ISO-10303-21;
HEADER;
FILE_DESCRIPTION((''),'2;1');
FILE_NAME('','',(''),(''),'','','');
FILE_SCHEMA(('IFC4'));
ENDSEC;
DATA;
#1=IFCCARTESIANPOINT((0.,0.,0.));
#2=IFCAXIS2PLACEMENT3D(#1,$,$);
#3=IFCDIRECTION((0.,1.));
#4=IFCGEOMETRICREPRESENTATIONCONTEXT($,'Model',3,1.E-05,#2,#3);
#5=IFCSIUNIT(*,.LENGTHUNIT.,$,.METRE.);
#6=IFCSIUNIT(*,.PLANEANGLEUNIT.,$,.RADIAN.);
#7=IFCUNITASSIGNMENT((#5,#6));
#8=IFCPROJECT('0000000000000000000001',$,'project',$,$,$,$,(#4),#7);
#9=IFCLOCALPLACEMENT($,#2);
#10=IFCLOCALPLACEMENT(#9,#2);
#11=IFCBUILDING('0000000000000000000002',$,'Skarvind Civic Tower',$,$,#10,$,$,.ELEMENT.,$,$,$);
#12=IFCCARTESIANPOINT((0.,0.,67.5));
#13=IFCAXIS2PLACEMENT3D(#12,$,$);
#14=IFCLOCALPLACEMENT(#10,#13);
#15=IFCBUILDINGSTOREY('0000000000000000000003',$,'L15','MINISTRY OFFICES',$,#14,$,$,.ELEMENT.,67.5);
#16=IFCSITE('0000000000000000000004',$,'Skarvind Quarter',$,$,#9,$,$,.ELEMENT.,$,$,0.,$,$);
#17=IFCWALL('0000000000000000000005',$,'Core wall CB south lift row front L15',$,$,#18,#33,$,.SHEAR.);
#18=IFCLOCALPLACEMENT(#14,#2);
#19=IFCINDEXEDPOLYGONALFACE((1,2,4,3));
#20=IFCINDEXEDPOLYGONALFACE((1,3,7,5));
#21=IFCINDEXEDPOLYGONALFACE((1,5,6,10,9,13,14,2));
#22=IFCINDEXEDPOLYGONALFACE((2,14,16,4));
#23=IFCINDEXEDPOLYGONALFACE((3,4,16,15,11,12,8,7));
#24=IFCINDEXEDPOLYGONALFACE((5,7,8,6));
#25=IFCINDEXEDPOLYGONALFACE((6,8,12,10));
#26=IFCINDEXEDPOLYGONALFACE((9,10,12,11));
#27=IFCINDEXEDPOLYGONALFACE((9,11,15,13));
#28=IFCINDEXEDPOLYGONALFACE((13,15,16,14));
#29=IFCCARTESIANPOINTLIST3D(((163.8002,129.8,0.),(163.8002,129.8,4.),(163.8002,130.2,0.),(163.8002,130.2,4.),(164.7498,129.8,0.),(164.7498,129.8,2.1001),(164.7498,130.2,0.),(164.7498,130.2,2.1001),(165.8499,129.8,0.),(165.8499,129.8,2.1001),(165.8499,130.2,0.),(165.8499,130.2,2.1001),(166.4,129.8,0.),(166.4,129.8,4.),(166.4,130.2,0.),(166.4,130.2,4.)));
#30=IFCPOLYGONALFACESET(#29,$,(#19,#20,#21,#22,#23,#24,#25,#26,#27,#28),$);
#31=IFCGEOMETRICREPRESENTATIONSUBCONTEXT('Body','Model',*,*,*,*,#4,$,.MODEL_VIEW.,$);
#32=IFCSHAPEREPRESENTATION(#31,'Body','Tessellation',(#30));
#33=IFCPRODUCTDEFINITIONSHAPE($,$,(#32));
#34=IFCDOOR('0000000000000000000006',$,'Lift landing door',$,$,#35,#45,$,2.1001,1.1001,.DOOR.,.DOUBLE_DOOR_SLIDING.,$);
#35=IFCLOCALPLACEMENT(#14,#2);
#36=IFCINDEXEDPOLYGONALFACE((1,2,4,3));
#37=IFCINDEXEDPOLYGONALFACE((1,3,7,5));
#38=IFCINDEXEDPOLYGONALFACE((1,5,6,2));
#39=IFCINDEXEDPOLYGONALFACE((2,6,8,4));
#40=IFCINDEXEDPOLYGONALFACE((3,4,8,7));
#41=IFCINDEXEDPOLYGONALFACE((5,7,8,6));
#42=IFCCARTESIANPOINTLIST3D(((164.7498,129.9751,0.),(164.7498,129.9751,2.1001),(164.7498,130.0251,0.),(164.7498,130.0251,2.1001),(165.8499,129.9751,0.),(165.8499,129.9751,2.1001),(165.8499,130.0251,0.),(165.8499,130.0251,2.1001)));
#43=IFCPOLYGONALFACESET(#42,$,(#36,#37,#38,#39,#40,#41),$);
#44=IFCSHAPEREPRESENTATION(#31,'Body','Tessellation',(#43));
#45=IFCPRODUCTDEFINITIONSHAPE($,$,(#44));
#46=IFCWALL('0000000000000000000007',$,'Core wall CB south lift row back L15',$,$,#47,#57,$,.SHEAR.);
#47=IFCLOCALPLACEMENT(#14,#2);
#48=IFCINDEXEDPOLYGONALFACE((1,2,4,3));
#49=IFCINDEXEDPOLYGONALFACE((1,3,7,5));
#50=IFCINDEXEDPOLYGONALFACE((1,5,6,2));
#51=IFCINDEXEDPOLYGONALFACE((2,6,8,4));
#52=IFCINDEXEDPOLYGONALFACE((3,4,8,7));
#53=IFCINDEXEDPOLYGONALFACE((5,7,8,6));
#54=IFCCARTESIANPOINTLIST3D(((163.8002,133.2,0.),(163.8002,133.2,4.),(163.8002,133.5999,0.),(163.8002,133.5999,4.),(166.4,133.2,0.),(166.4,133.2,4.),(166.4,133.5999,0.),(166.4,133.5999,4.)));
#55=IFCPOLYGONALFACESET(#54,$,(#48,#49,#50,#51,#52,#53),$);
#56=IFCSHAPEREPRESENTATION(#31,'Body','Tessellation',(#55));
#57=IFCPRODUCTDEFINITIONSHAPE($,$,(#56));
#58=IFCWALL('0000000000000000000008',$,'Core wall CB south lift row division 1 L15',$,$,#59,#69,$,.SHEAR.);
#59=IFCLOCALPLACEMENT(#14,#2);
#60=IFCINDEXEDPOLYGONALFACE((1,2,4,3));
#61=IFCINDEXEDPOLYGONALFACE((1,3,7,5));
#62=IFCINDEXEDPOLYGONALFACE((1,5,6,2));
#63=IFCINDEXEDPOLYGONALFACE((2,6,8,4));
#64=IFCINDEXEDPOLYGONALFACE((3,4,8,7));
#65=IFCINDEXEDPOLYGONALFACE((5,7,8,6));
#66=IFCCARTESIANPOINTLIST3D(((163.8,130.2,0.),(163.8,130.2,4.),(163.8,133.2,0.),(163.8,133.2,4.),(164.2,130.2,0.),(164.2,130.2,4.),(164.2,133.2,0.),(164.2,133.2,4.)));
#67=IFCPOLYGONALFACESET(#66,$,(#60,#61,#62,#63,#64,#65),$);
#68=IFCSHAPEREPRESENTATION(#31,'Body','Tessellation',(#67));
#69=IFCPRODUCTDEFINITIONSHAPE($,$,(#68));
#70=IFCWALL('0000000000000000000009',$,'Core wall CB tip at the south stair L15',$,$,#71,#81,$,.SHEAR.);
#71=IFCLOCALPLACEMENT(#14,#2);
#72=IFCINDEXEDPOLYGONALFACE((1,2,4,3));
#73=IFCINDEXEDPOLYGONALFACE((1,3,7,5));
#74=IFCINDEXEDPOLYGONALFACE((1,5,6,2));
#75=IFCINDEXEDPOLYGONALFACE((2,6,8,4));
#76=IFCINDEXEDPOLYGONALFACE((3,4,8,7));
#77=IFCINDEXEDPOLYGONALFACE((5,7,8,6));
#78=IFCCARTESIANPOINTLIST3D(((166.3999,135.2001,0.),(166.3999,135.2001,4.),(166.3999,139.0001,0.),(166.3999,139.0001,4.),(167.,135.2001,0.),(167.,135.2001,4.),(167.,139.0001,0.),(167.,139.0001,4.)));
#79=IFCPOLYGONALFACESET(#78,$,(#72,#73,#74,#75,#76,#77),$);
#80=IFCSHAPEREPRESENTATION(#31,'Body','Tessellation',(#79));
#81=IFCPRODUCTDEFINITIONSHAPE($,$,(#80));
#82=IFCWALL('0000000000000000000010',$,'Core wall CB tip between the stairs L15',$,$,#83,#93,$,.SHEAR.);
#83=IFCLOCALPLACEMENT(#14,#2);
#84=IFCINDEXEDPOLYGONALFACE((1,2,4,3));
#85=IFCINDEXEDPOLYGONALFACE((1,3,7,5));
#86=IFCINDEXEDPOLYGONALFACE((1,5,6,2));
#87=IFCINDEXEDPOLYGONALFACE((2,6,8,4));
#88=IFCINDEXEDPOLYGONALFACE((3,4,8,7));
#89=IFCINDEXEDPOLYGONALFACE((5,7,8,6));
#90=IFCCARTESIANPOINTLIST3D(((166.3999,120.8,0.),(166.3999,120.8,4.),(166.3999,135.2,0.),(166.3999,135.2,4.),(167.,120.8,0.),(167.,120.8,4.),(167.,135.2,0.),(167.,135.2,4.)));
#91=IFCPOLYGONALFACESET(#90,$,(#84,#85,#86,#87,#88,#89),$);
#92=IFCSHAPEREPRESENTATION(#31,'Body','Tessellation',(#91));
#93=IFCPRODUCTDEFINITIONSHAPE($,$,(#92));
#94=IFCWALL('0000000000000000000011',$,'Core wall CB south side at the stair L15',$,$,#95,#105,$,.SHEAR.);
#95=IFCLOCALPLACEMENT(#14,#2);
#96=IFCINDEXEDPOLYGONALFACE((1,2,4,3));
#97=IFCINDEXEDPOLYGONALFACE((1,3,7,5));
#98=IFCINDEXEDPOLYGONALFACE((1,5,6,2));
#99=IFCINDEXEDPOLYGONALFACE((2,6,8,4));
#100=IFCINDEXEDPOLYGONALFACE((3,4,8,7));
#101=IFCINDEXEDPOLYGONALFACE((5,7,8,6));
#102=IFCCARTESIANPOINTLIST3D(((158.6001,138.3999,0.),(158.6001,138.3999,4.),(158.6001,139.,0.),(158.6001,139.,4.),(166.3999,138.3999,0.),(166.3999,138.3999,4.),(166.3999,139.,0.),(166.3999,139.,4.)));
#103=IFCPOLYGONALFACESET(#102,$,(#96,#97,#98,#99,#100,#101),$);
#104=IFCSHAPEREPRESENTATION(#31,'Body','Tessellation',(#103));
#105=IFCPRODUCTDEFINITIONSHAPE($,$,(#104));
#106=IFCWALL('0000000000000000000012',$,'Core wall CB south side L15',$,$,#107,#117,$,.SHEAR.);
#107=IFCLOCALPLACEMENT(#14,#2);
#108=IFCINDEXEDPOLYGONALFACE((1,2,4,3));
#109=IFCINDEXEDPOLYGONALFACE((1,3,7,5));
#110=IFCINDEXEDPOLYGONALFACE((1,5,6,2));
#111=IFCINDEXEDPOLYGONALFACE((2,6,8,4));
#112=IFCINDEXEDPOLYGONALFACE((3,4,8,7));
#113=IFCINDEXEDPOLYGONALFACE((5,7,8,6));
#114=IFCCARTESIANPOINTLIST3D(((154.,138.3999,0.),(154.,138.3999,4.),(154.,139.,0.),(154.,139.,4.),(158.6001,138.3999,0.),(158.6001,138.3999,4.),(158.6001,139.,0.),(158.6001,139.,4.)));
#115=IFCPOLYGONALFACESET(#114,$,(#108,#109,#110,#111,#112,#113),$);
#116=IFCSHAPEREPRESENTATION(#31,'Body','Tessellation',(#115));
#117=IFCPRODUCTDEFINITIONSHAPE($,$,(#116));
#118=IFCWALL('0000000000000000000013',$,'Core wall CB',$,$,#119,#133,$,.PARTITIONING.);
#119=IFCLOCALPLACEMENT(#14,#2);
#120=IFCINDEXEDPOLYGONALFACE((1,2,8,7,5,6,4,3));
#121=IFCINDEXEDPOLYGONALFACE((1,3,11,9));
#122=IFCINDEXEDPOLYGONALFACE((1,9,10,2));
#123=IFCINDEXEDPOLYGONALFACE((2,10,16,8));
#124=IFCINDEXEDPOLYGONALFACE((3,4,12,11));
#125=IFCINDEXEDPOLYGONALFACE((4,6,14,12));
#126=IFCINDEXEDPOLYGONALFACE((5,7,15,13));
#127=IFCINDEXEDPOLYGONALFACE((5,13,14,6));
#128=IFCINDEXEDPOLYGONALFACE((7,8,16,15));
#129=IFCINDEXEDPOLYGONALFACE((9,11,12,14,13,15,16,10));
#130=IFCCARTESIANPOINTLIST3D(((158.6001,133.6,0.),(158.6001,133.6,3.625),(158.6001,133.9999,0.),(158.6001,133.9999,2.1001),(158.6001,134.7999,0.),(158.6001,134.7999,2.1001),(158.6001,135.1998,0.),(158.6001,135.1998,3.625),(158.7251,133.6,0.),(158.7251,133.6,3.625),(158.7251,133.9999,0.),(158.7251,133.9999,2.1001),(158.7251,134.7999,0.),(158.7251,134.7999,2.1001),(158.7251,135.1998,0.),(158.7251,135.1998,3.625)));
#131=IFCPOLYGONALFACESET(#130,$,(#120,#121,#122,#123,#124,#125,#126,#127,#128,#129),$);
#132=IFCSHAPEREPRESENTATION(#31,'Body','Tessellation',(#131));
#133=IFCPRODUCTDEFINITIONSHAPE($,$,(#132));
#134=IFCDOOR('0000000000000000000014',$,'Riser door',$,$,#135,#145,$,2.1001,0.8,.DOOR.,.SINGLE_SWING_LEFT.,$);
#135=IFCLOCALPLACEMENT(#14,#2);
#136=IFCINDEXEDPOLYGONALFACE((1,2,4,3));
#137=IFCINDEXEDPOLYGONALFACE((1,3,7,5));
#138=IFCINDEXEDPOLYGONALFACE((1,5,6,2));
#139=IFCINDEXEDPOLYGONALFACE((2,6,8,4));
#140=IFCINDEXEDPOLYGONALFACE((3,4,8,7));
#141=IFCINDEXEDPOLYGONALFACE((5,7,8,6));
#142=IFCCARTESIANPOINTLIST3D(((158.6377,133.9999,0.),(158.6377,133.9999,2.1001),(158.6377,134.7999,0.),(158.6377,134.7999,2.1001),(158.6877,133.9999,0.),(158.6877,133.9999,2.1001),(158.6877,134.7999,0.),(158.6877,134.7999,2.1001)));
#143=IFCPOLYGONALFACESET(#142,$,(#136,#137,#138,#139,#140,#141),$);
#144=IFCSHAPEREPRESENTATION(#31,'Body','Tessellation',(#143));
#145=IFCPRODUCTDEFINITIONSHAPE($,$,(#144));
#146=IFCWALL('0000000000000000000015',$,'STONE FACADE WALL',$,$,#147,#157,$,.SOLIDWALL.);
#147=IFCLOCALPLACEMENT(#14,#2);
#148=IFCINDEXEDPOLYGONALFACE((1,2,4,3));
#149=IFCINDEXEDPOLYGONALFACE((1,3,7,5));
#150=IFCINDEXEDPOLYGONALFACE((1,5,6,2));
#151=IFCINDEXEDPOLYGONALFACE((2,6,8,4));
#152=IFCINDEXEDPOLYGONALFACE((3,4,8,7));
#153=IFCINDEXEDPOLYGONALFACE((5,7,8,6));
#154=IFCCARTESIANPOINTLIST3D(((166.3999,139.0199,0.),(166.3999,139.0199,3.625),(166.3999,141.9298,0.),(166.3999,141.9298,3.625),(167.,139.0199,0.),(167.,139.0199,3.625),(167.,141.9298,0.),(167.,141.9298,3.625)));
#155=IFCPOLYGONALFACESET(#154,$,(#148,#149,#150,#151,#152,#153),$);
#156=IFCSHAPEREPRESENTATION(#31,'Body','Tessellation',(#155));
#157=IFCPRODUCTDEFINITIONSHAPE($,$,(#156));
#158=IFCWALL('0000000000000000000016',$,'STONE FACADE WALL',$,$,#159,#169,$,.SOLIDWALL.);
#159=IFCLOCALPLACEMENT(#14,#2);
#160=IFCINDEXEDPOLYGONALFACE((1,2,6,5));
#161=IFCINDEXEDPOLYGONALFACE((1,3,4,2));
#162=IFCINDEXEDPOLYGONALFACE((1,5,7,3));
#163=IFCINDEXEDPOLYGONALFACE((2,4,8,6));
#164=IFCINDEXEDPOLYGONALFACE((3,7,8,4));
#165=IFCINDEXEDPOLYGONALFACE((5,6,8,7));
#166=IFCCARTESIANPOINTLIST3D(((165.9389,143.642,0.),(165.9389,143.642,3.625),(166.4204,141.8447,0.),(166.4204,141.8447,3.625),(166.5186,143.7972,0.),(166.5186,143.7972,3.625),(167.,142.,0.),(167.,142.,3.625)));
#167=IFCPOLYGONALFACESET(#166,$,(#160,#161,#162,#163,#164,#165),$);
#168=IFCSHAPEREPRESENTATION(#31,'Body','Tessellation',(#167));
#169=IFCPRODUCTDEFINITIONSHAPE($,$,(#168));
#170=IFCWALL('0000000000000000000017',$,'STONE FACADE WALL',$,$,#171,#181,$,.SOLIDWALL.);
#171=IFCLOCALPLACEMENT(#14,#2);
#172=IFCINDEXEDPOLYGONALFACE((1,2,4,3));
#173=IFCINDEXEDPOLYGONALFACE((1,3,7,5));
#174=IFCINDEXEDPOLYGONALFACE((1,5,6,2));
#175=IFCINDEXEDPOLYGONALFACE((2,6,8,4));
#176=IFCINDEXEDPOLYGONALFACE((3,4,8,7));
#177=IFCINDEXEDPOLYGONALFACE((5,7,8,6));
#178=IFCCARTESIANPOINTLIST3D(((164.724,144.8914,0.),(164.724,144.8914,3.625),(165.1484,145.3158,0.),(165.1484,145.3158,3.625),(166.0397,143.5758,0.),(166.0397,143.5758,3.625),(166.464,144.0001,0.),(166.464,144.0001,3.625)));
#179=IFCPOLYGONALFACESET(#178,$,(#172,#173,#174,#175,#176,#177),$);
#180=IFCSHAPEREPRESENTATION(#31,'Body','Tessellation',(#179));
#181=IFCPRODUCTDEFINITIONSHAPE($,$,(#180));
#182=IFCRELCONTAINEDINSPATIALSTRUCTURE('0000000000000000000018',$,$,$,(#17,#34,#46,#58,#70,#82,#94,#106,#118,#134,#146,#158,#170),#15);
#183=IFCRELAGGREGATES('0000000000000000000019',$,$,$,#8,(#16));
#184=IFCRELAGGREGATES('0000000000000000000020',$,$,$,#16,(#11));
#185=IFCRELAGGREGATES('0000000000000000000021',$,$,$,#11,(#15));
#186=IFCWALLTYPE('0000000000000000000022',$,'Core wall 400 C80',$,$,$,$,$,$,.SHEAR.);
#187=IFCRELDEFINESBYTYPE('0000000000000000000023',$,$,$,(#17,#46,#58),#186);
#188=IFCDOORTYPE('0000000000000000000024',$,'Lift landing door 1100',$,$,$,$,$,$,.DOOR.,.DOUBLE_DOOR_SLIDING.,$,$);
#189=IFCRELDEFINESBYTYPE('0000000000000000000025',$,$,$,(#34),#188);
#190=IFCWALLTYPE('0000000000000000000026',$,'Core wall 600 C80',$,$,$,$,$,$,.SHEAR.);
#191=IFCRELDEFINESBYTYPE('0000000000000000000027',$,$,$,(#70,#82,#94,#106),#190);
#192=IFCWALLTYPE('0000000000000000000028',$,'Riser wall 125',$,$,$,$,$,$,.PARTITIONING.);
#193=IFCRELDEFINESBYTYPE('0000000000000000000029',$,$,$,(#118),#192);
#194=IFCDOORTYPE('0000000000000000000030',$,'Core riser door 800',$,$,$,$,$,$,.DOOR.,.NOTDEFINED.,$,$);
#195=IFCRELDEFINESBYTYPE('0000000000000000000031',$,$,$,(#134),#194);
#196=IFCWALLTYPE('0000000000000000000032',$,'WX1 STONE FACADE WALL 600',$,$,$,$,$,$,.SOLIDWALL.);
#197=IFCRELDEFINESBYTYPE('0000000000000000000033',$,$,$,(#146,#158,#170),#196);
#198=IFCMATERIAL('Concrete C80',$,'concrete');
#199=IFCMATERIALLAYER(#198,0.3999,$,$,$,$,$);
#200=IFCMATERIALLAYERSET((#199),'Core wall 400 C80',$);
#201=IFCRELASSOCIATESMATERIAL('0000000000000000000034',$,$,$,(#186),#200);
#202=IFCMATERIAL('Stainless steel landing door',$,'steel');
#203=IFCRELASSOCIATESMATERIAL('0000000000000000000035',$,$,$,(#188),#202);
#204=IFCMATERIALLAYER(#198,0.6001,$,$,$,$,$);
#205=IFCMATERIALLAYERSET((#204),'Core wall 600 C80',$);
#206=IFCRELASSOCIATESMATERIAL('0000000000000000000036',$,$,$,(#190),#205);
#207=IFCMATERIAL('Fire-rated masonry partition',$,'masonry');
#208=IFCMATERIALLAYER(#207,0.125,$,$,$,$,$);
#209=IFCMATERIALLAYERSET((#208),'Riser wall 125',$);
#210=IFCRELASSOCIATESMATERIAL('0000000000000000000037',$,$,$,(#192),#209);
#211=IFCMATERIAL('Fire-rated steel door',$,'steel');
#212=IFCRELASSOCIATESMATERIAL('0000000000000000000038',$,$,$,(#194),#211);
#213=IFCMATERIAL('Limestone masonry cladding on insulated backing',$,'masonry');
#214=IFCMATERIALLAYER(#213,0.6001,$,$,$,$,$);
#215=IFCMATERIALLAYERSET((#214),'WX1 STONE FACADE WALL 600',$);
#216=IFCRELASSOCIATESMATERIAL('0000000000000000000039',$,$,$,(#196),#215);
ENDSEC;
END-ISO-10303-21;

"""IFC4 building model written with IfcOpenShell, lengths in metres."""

from ifc_helpers import new_model, si_unit, direction, frame, frame_2d, origin, place, context, subcontext, project, spatial, rectangle, extrude, material, layer, layer_set, type_object, element, fill, save


model = new_model("IFC4")

# Units and contexts
model_context = context("Model", 3, precision=1e-05, world=origin(), true_north=direction((0.0, 1.0)))
body_context = subcontext(model_context, "Body", "Model", "MODEL_VIEW")
ifc_project = project(units=[si_unit("LENGTHUNIT", "METRE"), si_unit("PLANEANGLEUNIT", "RADIAN")], contexts=[model_context])

# Site, building, storey
site_placement = place(None, origin())
site = spatial("IfcSite", under=ifc_project, at=site_placement, Name="Skarvind Quarter", CompositionType="ELEMENT", RefElevation=0.0)
building_placement = place(site_placement, origin())
building = spatial("IfcBuilding", under=site, at=building_placement, Name="Skarvind Civic Tower", CompositionType="ELEMENT")
storey_placement = place(building_placement, frame((0.0, 0.0, 67.5)))
storey = spatial("IfcBuildingStorey", under=building, at=storey_placement, Name="L15", Description="MINISTRY OFFICES", CompositionType="ELEMENT", Elevation=67.5)

# Shared definitions
ifc_material_1 = material(Name="Fire-rated masonry partition", Category="masonry")
ifc_material_2 = material(Name="Fire-rated steel door", Category="steel")

# Shared definitions
ifc_material_3 = material(Name="Concrete C80", Category="concrete")
ifc_layer_1 = layer(ifc_material_3, 0.3999)
ifc_layer_set_1 = layer_set([ifc_layer_1], Name="Core wall 400 C80")
wall_type_1 = type_object("IfcWallType", Name="Core wall 400 C80", PredefinedType="SHEAR", material=ifc_layer_set_1)

# Wall, opening, door
wall_1_placement = place(storey_placement, frame((166.3999, 130.0, 0.0), z_axis=(0.0, 0.0, 1.0), x_axis=(-1.0, 0.0, 0.0)))
wall_1 = element("IfcWall", 1, at=wall_1_placement, inside=storey, type_object=wall_type_1, Name="Core wall CB south lift row front L15", PredefinedType="SHEAR", context=body_context, shape_type="SweptSolid", body=[
    extrude(rectangle(XDim=2.5999, YDim=0.3999, at=frame_2d((1.2998, 0.0))), origin(), (0.0, 0.0, 1.0), 4.0),
])
opening_1_placement = place(wall_1_placement, frame((0.55, 0.0, 0.0)))
opening_1 = element("IfcOpeningElement", 2, at=opening_1_placement, cuts=wall_1, PredefinedType="OPENING", context=body_context, shape_type="SweptSolid", body=[
    extrude(rectangle(XDim=1.1001, YDim=2.1001, at=frame_2d((0.55, 1.05))), frame((0.0, 0.21, 0.0), z_axis=(0.0, -1.0, 0.0), x_axis=(1.0, 0.0, 0.0)), (0.0, 0.0, 1.0), 0.4199),
])
ifc_material_4 = material(Name="Stainless steel landing door", Category="steel")
door_type_1 = type_object("IfcDoorType", Name="Lift landing door 1100", OperationType="DOUBLE_DOOR_SLIDING", PredefinedType="DOOR", material=ifc_material_4)
door_1_placement = place(opening_1_placement, origin())
door_1 = element("IfcDoor", 3, at=door_1_placement, inside=storey, type_object=door_type_1, Name="Lift landing door", OperationType="DOUBLE_DOOR_SLIDING", OverallHeight=2.1001, OverallWidth=1.1001, PredefinedType="DOOR", context=body_context, shape_type="SweptSolid", body=[
    extrude(rectangle(XDim=1.1001, YDim=2.1001, at=frame_2d((0.55, 1.05))), frame((0.0, 0.0249, 0.0), z_axis=(0.0, -1.0, 0.0), x_axis=(1.0, 0.0, 0.0)), (0.0, 0.0, 1.0), 0.05),
])
fill(opening_1, door_1)

# Walls
wall_2_placement = place(storey_placement, frame((166.3999, 133.3999, 0.0), z_axis=(0.0, 0.0, 1.0), x_axis=(-1.0, 0.0, 0.0)))
element("IfcWall", 4, at=wall_2_placement, inside=storey, type_object=wall_type_1, Name="Core wall CB south lift row back L15", PredefinedType="SHEAR", context=body_context, shape_type="SweptSolid", body=[
    extrude(rectangle(XDim=2.5999, YDim=0.3999, at=frame_2d((1.2998, 0.0))), origin(), (0.0, 0.0, 1.0), 4.0),
])
wall_3_placement = place(storey_placement, frame((164.0, 133.2, 0.0), z_axis=(0.0, 0.0, 1.0), x_axis=(0.0, -1.0, 0.0)))
element("IfcWall", 5, at=wall_3_placement, inside=storey, type_object=wall_type_1, Name="Core wall CB south lift row division 1 L15", PredefinedType="SHEAR", context=body_context, shape_type="SweptSolid", body=[
    extrude(rectangle(XDim=3.0, YDim=0.3999, at=frame_2d((1.5, 0.0))), origin(), (0.0, 0.0, 1.0), 4.0),
])
ifc_layer_2 = layer(ifc_material_3, 0.6001)
ifc_layer_set_2 = layer_set([ifc_layer_2], Name="Core wall 600 C80")
wall_type_2 = type_object("IfcWallType", Name="Core wall 600 C80", PredefinedType="SHEAR", material=ifc_layer_set_2)
wall_4_placement = place(storey_placement, frame((166.7, 139.0, 0.0), z_axis=(0.0, 0.0, 1.0), x_axis=(0.0, -1.0, 0.0)))
element("IfcWall", 6, at=wall_4_placement, inside=storey, type_object=wall_type_2, Name="Core wall CB tip at the south stair L15", PredefinedType="SHEAR", context=body_context, shape_type="SweptSolid", body=[
    extrude(rectangle(XDim=3.8, YDim=0.6001, at=frame_2d((1.8999, 0.0))), origin(), (0.0, 0.0, 1.0), 4.0),
])
wall_5_placement = place(storey_placement, frame((166.7, 135.2, 0.0), z_axis=(0.0, 0.0, 1.0), x_axis=(0.0, -1.0, 0.0)))
element("IfcWall", 7, at=wall_5_placement, inside=storey, type_object=wall_type_2, Name="Core wall CB tip between the stairs L15", PredefinedType="SHEAR", context=body_context, shape_type="SweptSolid", body=[
    extrude(rectangle(XDim=14.3999, YDim=0.6001, at=frame_2d((7.2, 0.0))), origin(), (0.0, 0.0, 1.0), 4.0),
])
wall_6_placement = place(storey_placement, frame((166.3999, 138.7, 0.0), z_axis=(0.0, 0.0, 1.0), x_axis=(-1.0, 0.0, 0.0)))
element("IfcWall", 8, at=wall_6_placement, inside=storey, type_object=wall_type_2, Name="Core wall CB south side at the stair L15", PredefinedType="SHEAR", context=body_context, shape_type="SweptSolid", body=[
    extrude(rectangle(XDim=7.7998, YDim=0.6001, at=frame_2d((3.8999, 0.0))), origin(), (0.0, 0.0, 1.0), 4.0),
])
wall_7_placement = place(storey_placement, frame((158.6001, 138.7, 0.0), z_axis=(0.0, 0.0, 1.0), x_axis=(-1.0, 0.0, 0.0)))
element("IfcWall", 9, at=wall_7_placement, inside=storey, type_object=wall_type_2, Name="Core wall CB south side L15", PredefinedType="SHEAR", context=body_context, shape_type="SweptSolid", body=[
    extrude(rectangle(XDim=4.6001, YDim=0.6001, at=frame_2d((2.3, 0.0))), origin(), (0.0, 0.0, 1.0), 4.0),
])

# Wall, opening, door
ifc_layer_3 = layer(ifc_material_1, 0.125)
ifc_layer_set_3 = layer_set([ifc_layer_3], Name="Riser wall 125")
wall_type_3 = type_object("IfcWallType", Name="Riser wall 125", PredefinedType="PARTITIONING", material=ifc_layer_set_3)
wall_8_placement = place(storey_placement, frame((158.6626, 133.6001, 0.0), z_axis=(0.0, 0.0, 1.0), x_axis=(0.0, 1.0, 0.0)))
wall_8 = element("IfcWall", 10, at=wall_8_placement, inside=storey, type_object=wall_type_3, Name="Core wall CB", PredefinedType="PARTITIONING", context=body_context, shape_type="SweptSolid", body=[
    extrude(rectangle(XDim=1.5999, YDim=0.125, at=frame_2d((0.7998, 0.0))), origin(), (0.0, 0.0, 1.0), 3.625),
])
opening_2_placement = place(wall_8_placement, frame((0.3999, 0.0, 0.0)))
opening_2 = element("IfcOpeningElement", 11, at=opening_2_placement, cuts=wall_8, PredefinedType="OPENING", context=body_context, shape_type="SweptSolid", body=[
    extrude(rectangle(XDim=0.8, YDim=2.1001, at=frame_2d((0.3999, 1.05))), frame((0.0, 0.0725, 0.0), z_axis=(0.0, -1.0, 0.0), x_axis=(1.0, 0.0, 0.0)), (0.0, 0.0, 1.0), 0.145),
])
door_type_2 = type_object("IfcDoorType", Name="Core riser door 800", OperationType="NOTDEFINED", PredefinedType="DOOR", material=ifc_material_2)
door_2_placement = place(opening_2_placement, origin())
door_2 = element("IfcDoor", 12, at=door_2_placement, inside=storey, type_object=door_type_2, Name="Riser door", OperationType="SINGLE_SWING_LEFT", OverallHeight=2.1001, OverallWidth=0.8, PredefinedType="DOOR", context=body_context, shape_type="SweptSolid", body=[
    extrude(rectangle(XDim=0.8, YDim=2.1001, at=frame_2d((0.3999, 1.05))), frame((0.0, 0.0249, 0.0), z_axis=(0.0, -1.0, 0.0), x_axis=(1.0, 0.0, 0.0)), (0.0, 0.0, 1.0), 0.05),
])
fill(opening_2, door_2)

# Walls
ifc_material_5 = material(Name="Limestone masonry cladding on insulated backing", Category="masonry")
ifc_layer_4 = layer(ifc_material_5, 0.6001)
ifc_layer_set_4 = layer_set([ifc_layer_4], Name="WX1 STONE FACADE WALL 600")
wall_type_4 = type_object("IfcWallType", Name="WX1 STONE FACADE WALL 600", PredefinedType="SOLIDWALL", material=ifc_layer_set_4)
wall_9_placement = place(storey_placement, frame((166.7, 141.9299, 0.0), z_axis=(0.0, 0.0, 1.0), x_axis=(0.0, -1.0, 0.0)))
element("IfcWall", 13, at=wall_9_placement, inside=storey, type_object=wall_type_4, Name="STONE FACADE WALL", PredefinedType="SOLIDWALL", context=body_context, shape_type="SweptSolid", body=[
    extrude(rectangle(XDim=2.9099, YDim=0.6001, at=frame_2d((1.4551, 0.0))), origin(), (0.0, 0.0, 1.0), 3.625),
])
for number, where, z_axis, x_axis, name in (
    (14, (166.2288, 143.7195, 0.0), (0.0, 0.0, 1.0), (0.258773, -0.965938, 0.0), "STONE FACADE WALL"),
    (15, (164.9363, 145.1035, 0.0), (0.0, 0.0, 1.0), (0.707107, -0.707107, 0.0), "STONE FACADE WALL"),
):
    element("IfcWall", number, at=place(storey_placement, frame(where, z_axis=z_axis, x_axis=x_axis)), inside=storey, type_object=wall_type_4, Name=name, PredefinedType="SOLIDWALL", context=body_context, shape_type="SweptSolid", body=[
        extrude(rectangle(XDim=1.8606, YDim=0.6001, at=frame_2d((0.9302, 0.0))), origin(), (0.0, 0.0, 1.0), 3.625),
    ])

save(model, "model.ifc")
